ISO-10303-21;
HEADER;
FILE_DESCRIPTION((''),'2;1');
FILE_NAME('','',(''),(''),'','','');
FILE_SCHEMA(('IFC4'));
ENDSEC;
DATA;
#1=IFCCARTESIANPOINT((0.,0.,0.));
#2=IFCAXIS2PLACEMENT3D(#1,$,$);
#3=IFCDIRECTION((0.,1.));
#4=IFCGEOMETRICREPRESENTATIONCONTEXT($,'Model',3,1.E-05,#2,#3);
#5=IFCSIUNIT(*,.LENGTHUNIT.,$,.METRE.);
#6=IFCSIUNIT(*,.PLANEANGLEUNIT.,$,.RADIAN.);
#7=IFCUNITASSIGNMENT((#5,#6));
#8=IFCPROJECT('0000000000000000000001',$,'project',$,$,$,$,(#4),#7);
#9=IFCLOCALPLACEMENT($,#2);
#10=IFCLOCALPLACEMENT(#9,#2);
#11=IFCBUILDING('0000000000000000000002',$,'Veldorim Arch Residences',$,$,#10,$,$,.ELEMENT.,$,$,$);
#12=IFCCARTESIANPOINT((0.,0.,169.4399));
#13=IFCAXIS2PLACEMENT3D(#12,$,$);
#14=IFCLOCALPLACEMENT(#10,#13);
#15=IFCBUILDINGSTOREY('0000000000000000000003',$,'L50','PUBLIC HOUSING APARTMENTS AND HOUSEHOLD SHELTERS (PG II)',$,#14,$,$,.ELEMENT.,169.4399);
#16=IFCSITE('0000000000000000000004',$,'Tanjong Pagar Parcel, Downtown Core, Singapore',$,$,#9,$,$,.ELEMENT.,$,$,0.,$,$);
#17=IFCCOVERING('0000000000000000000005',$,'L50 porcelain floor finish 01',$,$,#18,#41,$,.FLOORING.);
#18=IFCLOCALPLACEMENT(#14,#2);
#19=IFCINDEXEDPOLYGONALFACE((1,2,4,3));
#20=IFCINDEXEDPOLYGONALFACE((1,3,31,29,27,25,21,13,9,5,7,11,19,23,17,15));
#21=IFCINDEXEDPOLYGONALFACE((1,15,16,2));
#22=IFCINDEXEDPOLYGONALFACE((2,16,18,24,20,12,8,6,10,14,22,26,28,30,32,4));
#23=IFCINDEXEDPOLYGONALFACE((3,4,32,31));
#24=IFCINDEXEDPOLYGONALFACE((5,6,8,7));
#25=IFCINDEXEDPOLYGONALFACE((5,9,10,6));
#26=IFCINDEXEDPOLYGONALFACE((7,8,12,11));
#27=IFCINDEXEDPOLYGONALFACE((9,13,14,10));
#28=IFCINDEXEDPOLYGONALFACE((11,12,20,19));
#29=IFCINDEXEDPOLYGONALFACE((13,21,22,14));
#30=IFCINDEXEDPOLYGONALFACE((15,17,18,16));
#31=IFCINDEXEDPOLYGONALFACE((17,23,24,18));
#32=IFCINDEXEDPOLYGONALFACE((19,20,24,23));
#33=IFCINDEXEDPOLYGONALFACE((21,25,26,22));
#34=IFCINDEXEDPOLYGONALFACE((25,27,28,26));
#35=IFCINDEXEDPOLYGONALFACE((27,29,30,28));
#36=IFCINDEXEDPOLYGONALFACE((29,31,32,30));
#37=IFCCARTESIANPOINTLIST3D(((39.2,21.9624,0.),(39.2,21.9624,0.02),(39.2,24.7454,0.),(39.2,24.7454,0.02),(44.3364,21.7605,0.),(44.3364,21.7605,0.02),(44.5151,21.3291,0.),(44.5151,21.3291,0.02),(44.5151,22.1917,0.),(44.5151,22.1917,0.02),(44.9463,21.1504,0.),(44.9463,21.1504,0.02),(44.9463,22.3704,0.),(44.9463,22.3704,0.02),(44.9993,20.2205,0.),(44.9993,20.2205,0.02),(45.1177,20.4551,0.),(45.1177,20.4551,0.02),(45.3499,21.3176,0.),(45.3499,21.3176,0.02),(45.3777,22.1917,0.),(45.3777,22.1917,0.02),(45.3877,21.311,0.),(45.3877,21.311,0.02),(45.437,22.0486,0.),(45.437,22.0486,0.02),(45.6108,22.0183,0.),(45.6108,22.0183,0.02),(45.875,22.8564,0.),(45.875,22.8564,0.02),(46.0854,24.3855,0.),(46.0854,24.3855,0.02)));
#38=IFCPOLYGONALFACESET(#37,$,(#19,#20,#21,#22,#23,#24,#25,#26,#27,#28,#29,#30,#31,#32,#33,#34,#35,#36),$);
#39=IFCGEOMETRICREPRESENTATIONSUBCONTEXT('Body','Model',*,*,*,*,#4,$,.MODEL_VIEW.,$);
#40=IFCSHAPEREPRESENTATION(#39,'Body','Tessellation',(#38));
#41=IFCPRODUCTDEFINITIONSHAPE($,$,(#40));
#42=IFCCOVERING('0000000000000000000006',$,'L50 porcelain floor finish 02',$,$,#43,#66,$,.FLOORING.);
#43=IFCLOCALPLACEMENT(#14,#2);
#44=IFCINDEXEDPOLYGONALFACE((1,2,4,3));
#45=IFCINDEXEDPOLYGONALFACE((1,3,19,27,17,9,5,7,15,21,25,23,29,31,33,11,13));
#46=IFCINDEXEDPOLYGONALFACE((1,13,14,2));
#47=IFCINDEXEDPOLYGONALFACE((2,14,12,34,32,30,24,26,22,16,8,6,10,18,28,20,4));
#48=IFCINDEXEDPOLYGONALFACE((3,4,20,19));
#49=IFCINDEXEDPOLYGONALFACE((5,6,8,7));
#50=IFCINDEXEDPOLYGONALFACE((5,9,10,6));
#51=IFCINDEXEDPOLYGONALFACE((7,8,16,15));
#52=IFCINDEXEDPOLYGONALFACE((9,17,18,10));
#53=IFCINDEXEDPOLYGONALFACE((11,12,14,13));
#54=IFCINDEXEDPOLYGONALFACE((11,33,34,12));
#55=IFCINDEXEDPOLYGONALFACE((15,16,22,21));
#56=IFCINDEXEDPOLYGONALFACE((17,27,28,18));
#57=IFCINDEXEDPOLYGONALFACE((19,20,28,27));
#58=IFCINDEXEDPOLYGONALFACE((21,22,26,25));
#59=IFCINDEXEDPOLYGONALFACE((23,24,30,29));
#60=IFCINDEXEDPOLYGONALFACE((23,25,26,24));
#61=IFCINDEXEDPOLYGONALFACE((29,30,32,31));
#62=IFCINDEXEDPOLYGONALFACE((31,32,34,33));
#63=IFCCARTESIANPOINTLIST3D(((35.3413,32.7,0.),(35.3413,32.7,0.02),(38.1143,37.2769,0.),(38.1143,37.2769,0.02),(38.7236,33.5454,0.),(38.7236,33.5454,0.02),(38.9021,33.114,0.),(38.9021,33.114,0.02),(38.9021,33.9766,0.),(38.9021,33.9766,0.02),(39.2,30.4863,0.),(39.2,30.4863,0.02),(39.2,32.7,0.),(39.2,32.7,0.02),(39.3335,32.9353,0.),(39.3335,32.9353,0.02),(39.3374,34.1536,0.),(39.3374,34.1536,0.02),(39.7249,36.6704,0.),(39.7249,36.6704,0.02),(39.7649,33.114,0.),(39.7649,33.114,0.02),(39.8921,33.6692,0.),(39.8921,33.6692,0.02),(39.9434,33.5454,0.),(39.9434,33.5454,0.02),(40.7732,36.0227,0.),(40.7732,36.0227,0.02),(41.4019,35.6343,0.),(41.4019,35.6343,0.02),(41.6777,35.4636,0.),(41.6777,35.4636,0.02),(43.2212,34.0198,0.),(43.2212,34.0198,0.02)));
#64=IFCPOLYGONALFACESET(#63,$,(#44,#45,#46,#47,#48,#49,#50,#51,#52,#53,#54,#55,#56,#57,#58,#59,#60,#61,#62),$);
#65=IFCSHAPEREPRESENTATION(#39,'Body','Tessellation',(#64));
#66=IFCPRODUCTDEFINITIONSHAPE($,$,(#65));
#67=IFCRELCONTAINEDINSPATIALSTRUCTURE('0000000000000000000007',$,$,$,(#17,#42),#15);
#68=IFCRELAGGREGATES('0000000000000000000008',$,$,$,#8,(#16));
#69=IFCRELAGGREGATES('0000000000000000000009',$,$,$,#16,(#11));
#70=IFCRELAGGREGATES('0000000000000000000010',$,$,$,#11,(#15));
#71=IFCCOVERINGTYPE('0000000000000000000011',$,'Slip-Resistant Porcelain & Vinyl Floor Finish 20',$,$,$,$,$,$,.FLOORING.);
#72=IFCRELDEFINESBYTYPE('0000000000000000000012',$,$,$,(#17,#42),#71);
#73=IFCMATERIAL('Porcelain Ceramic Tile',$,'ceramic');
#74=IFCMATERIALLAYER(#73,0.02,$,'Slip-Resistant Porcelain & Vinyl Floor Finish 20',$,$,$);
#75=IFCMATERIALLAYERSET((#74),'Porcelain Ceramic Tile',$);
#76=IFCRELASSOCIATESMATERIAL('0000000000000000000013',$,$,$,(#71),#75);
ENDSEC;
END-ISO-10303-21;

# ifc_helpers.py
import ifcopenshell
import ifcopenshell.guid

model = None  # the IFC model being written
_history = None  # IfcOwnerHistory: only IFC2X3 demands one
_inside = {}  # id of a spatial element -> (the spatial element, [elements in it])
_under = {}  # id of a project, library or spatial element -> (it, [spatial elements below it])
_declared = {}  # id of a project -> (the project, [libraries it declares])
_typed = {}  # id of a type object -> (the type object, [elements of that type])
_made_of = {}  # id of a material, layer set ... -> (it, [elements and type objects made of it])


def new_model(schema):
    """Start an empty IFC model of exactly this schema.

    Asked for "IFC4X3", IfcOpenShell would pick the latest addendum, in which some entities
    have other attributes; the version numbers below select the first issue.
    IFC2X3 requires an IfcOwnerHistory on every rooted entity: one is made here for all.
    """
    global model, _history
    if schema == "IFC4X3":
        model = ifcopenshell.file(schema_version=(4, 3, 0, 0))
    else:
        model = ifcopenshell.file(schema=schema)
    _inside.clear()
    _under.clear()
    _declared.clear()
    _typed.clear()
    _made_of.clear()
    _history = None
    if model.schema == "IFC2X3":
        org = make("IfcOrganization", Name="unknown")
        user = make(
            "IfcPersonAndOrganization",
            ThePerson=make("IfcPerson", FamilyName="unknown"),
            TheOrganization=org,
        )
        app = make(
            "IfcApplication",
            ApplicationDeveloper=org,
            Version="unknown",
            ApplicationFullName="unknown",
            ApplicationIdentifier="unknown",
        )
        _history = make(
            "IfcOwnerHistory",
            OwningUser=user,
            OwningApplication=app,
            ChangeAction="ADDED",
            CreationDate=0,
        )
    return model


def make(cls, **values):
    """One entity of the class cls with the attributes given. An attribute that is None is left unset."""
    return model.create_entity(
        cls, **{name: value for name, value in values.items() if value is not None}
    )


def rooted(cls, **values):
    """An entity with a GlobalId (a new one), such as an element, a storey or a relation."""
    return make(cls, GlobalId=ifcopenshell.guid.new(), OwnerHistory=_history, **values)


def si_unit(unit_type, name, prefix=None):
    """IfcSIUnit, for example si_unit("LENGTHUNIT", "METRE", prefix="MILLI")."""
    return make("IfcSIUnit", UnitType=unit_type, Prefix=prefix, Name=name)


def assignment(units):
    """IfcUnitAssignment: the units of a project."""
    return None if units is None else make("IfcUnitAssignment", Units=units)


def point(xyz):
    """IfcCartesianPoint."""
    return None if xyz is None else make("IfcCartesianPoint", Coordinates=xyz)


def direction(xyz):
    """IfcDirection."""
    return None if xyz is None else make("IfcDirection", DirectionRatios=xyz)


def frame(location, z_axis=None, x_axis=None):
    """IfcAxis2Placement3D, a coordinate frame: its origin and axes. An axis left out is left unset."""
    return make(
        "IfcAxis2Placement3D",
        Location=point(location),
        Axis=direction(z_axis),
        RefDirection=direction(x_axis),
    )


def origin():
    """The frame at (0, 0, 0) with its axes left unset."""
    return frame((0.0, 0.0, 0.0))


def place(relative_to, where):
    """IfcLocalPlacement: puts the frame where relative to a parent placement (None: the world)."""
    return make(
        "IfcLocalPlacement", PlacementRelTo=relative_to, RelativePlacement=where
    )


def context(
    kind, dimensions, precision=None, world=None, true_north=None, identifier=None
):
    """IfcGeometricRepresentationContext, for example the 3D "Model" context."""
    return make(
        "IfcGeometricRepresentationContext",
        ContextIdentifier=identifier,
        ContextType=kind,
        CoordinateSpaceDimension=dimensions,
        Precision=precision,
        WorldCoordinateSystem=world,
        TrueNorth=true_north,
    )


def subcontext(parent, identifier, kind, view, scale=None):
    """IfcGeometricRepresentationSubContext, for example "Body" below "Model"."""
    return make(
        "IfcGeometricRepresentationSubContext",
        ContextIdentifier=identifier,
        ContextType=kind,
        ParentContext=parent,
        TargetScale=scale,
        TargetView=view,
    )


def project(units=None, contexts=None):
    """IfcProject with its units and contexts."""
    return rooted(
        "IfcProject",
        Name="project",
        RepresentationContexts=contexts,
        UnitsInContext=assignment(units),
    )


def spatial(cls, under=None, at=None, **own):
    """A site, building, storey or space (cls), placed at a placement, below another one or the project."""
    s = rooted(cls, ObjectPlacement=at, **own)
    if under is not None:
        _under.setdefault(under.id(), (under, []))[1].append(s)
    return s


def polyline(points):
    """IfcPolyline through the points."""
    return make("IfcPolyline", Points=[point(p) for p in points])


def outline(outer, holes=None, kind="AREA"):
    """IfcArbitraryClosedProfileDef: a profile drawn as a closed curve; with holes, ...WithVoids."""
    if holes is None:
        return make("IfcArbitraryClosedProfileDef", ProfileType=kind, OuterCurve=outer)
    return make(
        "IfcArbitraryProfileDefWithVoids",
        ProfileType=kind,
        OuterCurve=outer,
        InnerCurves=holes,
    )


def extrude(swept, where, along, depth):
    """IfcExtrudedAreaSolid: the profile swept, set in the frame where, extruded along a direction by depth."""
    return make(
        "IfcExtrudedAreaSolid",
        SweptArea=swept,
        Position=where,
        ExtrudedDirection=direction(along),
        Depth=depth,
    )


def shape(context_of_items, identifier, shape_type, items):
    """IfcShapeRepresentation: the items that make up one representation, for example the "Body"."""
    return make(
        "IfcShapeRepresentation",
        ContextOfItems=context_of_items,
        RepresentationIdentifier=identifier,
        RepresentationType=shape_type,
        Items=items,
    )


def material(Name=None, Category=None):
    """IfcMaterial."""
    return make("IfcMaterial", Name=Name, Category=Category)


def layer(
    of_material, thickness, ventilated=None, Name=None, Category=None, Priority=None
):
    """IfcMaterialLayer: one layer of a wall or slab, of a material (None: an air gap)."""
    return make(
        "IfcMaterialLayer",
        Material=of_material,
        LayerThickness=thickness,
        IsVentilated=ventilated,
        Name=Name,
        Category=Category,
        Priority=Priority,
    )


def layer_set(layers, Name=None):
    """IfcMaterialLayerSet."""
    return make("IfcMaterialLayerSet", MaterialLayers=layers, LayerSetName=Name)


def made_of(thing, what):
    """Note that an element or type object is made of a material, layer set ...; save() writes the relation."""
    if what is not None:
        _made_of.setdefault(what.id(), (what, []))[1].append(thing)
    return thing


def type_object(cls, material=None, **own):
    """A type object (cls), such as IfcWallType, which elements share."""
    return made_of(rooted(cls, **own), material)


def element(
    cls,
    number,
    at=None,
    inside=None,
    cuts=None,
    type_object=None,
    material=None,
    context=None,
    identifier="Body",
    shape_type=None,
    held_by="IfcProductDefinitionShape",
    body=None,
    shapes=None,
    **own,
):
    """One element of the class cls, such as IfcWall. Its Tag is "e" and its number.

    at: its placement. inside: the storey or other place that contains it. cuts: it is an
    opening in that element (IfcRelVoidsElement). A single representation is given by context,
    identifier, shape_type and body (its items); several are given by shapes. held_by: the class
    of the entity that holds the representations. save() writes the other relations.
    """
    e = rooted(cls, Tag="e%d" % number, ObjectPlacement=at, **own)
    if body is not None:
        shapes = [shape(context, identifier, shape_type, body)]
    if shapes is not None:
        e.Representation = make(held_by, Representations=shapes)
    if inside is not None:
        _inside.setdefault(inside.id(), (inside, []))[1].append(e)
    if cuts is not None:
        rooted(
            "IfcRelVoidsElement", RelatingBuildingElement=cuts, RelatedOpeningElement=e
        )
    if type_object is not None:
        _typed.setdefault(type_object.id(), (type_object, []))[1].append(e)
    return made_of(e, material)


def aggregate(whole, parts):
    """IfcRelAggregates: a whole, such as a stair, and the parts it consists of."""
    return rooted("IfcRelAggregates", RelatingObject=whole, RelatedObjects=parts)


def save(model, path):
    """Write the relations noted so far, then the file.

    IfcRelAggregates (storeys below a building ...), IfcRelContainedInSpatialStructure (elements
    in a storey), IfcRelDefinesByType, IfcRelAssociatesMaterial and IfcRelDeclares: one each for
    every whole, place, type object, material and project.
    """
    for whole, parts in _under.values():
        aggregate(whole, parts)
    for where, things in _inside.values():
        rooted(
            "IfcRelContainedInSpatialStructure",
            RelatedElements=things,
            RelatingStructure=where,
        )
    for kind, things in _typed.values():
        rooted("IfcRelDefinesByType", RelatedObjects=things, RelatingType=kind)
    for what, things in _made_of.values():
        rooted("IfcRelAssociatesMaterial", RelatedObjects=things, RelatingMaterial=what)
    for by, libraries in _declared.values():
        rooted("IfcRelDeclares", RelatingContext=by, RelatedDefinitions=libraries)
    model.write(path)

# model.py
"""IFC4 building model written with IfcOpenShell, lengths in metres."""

from ifc_helpers import new_model, si_unit, direction, frame, origin, place, context, subcontext, project, spatial, polyline, outline, extrude, material, layer, layer_set, type_object, element, save


model = new_model("IFC4")

# Units and contexts
model_context = context("Model", 3, precision=1e-05, world=origin(), true_north=direction((0.0, 1.0)))
body_context = subcontext(model_context, "Body", "Model", "MODEL_VIEW")
ifc_project = project(units=[si_unit("LENGTHUNIT", "METRE"), si_unit("PLANEANGLEUNIT", "RADIAN")], contexts=[model_context])

# Site, building, storey
site_placement = place(None, origin())
site = spatial("IfcSite", under=ifc_project, at=site_placement, Name="Tanjong Pagar Parcel, Downtown Core, Singapore", CompositionType="ELEMENT", RefElevation=0.0)
building_placement = place(site_placement, origin())
building = spatial("IfcBuilding", under=site, at=building_placement, Name="Veldorim Arch Residences", CompositionType="ELEMENT")
storey_placement = place(building_placement, frame((0.0, 0.0, 169.4399)))
storey = spatial("IfcBuildingStorey", under=building, at=storey_placement, Name="L50", Description="PUBLIC HOUSING APARTMENTS AND HOUSEHOLD SHELTERS (PG II)", CompositionType="ELEMENT", Elevation=169.4399)

# Coverings
ifc_material_1 = material(Name="Porcelain Ceramic Tile", Category="ceramic")
ifc_layer_1 = layer(ifc_material_1, 0.02, Name="Slip-Resistant Porcelain & Vinyl Floor Finish 20")
ifc_layer_set_1 = layer_set([ifc_layer_1], Name="Porcelain Ceramic Tile")
covering_type_1 = type_object("IfcCoveringType", Name="Slip-Resistant Porcelain & Vinyl Floor Finish 20", PredefinedType="FLOORING", material=ifc_layer_set_1)
covering_1_placement = place(storey_placement, origin())
element("IfcCovering", 1, at=covering_1_placement, inside=storey, type_object=covering_type_1, Name="L50 porcelain floor finish 01", PredefinedType="FLOORING", context=body_context, shape_type="SweptSolid", body=[
    extrude(outline(polyline([(45.3877, 21.311), (45.1177, 20.4551), (44.9993, 20.2205), (39.2, 21.9624), (39.2, 24.7454), (46.0854, 24.3855), (45.875, 22.8564), (45.6108, 22.0183), (45.437, 22.0486), (45.3777, 22.1917), (44.9463, 22.3704), (44.5151, 22.1917), (44.3364, 21.7605), (44.5151, 21.3291), (44.9463, 21.1504), (45.3499, 21.3176), (45.3877, 21.311)])), origin(), (0.0, 0.0, 1.0), 0.02),
])
covering_2_placement = place(storey_placement, origin())
element("IfcCovering", 2, at=covering_2_placement, inside=storey, type_object=covering_type_1, Name="L50 porcelain floor finish 02", PredefinedType="FLOORING", context=body_context, shape_type="SweptSolid", body=[
    extrude(outline(polyline([(39.7249, 36.6704), (40.7732, 36.0227), (39.3374, 34.1536), (38.9021, 33.9766), (38.7236, 33.5454), (38.9021, 33.114), (39.3335, 32.9353), (39.7649, 33.114), (39.9434, 33.5454), (39.8921, 33.6692), (41.4019, 35.6343), (41.6777, 35.4636), (43.2212, 34.0198), (39.2, 30.4863), (39.2, 32.7), (35.3413, 32.7), (38.1143, 37.2769), (39.7249, 36.6704)])), origin(), (0.0, 0.0, 1.0), 0.02),
])

save(model, "model.ifc")
